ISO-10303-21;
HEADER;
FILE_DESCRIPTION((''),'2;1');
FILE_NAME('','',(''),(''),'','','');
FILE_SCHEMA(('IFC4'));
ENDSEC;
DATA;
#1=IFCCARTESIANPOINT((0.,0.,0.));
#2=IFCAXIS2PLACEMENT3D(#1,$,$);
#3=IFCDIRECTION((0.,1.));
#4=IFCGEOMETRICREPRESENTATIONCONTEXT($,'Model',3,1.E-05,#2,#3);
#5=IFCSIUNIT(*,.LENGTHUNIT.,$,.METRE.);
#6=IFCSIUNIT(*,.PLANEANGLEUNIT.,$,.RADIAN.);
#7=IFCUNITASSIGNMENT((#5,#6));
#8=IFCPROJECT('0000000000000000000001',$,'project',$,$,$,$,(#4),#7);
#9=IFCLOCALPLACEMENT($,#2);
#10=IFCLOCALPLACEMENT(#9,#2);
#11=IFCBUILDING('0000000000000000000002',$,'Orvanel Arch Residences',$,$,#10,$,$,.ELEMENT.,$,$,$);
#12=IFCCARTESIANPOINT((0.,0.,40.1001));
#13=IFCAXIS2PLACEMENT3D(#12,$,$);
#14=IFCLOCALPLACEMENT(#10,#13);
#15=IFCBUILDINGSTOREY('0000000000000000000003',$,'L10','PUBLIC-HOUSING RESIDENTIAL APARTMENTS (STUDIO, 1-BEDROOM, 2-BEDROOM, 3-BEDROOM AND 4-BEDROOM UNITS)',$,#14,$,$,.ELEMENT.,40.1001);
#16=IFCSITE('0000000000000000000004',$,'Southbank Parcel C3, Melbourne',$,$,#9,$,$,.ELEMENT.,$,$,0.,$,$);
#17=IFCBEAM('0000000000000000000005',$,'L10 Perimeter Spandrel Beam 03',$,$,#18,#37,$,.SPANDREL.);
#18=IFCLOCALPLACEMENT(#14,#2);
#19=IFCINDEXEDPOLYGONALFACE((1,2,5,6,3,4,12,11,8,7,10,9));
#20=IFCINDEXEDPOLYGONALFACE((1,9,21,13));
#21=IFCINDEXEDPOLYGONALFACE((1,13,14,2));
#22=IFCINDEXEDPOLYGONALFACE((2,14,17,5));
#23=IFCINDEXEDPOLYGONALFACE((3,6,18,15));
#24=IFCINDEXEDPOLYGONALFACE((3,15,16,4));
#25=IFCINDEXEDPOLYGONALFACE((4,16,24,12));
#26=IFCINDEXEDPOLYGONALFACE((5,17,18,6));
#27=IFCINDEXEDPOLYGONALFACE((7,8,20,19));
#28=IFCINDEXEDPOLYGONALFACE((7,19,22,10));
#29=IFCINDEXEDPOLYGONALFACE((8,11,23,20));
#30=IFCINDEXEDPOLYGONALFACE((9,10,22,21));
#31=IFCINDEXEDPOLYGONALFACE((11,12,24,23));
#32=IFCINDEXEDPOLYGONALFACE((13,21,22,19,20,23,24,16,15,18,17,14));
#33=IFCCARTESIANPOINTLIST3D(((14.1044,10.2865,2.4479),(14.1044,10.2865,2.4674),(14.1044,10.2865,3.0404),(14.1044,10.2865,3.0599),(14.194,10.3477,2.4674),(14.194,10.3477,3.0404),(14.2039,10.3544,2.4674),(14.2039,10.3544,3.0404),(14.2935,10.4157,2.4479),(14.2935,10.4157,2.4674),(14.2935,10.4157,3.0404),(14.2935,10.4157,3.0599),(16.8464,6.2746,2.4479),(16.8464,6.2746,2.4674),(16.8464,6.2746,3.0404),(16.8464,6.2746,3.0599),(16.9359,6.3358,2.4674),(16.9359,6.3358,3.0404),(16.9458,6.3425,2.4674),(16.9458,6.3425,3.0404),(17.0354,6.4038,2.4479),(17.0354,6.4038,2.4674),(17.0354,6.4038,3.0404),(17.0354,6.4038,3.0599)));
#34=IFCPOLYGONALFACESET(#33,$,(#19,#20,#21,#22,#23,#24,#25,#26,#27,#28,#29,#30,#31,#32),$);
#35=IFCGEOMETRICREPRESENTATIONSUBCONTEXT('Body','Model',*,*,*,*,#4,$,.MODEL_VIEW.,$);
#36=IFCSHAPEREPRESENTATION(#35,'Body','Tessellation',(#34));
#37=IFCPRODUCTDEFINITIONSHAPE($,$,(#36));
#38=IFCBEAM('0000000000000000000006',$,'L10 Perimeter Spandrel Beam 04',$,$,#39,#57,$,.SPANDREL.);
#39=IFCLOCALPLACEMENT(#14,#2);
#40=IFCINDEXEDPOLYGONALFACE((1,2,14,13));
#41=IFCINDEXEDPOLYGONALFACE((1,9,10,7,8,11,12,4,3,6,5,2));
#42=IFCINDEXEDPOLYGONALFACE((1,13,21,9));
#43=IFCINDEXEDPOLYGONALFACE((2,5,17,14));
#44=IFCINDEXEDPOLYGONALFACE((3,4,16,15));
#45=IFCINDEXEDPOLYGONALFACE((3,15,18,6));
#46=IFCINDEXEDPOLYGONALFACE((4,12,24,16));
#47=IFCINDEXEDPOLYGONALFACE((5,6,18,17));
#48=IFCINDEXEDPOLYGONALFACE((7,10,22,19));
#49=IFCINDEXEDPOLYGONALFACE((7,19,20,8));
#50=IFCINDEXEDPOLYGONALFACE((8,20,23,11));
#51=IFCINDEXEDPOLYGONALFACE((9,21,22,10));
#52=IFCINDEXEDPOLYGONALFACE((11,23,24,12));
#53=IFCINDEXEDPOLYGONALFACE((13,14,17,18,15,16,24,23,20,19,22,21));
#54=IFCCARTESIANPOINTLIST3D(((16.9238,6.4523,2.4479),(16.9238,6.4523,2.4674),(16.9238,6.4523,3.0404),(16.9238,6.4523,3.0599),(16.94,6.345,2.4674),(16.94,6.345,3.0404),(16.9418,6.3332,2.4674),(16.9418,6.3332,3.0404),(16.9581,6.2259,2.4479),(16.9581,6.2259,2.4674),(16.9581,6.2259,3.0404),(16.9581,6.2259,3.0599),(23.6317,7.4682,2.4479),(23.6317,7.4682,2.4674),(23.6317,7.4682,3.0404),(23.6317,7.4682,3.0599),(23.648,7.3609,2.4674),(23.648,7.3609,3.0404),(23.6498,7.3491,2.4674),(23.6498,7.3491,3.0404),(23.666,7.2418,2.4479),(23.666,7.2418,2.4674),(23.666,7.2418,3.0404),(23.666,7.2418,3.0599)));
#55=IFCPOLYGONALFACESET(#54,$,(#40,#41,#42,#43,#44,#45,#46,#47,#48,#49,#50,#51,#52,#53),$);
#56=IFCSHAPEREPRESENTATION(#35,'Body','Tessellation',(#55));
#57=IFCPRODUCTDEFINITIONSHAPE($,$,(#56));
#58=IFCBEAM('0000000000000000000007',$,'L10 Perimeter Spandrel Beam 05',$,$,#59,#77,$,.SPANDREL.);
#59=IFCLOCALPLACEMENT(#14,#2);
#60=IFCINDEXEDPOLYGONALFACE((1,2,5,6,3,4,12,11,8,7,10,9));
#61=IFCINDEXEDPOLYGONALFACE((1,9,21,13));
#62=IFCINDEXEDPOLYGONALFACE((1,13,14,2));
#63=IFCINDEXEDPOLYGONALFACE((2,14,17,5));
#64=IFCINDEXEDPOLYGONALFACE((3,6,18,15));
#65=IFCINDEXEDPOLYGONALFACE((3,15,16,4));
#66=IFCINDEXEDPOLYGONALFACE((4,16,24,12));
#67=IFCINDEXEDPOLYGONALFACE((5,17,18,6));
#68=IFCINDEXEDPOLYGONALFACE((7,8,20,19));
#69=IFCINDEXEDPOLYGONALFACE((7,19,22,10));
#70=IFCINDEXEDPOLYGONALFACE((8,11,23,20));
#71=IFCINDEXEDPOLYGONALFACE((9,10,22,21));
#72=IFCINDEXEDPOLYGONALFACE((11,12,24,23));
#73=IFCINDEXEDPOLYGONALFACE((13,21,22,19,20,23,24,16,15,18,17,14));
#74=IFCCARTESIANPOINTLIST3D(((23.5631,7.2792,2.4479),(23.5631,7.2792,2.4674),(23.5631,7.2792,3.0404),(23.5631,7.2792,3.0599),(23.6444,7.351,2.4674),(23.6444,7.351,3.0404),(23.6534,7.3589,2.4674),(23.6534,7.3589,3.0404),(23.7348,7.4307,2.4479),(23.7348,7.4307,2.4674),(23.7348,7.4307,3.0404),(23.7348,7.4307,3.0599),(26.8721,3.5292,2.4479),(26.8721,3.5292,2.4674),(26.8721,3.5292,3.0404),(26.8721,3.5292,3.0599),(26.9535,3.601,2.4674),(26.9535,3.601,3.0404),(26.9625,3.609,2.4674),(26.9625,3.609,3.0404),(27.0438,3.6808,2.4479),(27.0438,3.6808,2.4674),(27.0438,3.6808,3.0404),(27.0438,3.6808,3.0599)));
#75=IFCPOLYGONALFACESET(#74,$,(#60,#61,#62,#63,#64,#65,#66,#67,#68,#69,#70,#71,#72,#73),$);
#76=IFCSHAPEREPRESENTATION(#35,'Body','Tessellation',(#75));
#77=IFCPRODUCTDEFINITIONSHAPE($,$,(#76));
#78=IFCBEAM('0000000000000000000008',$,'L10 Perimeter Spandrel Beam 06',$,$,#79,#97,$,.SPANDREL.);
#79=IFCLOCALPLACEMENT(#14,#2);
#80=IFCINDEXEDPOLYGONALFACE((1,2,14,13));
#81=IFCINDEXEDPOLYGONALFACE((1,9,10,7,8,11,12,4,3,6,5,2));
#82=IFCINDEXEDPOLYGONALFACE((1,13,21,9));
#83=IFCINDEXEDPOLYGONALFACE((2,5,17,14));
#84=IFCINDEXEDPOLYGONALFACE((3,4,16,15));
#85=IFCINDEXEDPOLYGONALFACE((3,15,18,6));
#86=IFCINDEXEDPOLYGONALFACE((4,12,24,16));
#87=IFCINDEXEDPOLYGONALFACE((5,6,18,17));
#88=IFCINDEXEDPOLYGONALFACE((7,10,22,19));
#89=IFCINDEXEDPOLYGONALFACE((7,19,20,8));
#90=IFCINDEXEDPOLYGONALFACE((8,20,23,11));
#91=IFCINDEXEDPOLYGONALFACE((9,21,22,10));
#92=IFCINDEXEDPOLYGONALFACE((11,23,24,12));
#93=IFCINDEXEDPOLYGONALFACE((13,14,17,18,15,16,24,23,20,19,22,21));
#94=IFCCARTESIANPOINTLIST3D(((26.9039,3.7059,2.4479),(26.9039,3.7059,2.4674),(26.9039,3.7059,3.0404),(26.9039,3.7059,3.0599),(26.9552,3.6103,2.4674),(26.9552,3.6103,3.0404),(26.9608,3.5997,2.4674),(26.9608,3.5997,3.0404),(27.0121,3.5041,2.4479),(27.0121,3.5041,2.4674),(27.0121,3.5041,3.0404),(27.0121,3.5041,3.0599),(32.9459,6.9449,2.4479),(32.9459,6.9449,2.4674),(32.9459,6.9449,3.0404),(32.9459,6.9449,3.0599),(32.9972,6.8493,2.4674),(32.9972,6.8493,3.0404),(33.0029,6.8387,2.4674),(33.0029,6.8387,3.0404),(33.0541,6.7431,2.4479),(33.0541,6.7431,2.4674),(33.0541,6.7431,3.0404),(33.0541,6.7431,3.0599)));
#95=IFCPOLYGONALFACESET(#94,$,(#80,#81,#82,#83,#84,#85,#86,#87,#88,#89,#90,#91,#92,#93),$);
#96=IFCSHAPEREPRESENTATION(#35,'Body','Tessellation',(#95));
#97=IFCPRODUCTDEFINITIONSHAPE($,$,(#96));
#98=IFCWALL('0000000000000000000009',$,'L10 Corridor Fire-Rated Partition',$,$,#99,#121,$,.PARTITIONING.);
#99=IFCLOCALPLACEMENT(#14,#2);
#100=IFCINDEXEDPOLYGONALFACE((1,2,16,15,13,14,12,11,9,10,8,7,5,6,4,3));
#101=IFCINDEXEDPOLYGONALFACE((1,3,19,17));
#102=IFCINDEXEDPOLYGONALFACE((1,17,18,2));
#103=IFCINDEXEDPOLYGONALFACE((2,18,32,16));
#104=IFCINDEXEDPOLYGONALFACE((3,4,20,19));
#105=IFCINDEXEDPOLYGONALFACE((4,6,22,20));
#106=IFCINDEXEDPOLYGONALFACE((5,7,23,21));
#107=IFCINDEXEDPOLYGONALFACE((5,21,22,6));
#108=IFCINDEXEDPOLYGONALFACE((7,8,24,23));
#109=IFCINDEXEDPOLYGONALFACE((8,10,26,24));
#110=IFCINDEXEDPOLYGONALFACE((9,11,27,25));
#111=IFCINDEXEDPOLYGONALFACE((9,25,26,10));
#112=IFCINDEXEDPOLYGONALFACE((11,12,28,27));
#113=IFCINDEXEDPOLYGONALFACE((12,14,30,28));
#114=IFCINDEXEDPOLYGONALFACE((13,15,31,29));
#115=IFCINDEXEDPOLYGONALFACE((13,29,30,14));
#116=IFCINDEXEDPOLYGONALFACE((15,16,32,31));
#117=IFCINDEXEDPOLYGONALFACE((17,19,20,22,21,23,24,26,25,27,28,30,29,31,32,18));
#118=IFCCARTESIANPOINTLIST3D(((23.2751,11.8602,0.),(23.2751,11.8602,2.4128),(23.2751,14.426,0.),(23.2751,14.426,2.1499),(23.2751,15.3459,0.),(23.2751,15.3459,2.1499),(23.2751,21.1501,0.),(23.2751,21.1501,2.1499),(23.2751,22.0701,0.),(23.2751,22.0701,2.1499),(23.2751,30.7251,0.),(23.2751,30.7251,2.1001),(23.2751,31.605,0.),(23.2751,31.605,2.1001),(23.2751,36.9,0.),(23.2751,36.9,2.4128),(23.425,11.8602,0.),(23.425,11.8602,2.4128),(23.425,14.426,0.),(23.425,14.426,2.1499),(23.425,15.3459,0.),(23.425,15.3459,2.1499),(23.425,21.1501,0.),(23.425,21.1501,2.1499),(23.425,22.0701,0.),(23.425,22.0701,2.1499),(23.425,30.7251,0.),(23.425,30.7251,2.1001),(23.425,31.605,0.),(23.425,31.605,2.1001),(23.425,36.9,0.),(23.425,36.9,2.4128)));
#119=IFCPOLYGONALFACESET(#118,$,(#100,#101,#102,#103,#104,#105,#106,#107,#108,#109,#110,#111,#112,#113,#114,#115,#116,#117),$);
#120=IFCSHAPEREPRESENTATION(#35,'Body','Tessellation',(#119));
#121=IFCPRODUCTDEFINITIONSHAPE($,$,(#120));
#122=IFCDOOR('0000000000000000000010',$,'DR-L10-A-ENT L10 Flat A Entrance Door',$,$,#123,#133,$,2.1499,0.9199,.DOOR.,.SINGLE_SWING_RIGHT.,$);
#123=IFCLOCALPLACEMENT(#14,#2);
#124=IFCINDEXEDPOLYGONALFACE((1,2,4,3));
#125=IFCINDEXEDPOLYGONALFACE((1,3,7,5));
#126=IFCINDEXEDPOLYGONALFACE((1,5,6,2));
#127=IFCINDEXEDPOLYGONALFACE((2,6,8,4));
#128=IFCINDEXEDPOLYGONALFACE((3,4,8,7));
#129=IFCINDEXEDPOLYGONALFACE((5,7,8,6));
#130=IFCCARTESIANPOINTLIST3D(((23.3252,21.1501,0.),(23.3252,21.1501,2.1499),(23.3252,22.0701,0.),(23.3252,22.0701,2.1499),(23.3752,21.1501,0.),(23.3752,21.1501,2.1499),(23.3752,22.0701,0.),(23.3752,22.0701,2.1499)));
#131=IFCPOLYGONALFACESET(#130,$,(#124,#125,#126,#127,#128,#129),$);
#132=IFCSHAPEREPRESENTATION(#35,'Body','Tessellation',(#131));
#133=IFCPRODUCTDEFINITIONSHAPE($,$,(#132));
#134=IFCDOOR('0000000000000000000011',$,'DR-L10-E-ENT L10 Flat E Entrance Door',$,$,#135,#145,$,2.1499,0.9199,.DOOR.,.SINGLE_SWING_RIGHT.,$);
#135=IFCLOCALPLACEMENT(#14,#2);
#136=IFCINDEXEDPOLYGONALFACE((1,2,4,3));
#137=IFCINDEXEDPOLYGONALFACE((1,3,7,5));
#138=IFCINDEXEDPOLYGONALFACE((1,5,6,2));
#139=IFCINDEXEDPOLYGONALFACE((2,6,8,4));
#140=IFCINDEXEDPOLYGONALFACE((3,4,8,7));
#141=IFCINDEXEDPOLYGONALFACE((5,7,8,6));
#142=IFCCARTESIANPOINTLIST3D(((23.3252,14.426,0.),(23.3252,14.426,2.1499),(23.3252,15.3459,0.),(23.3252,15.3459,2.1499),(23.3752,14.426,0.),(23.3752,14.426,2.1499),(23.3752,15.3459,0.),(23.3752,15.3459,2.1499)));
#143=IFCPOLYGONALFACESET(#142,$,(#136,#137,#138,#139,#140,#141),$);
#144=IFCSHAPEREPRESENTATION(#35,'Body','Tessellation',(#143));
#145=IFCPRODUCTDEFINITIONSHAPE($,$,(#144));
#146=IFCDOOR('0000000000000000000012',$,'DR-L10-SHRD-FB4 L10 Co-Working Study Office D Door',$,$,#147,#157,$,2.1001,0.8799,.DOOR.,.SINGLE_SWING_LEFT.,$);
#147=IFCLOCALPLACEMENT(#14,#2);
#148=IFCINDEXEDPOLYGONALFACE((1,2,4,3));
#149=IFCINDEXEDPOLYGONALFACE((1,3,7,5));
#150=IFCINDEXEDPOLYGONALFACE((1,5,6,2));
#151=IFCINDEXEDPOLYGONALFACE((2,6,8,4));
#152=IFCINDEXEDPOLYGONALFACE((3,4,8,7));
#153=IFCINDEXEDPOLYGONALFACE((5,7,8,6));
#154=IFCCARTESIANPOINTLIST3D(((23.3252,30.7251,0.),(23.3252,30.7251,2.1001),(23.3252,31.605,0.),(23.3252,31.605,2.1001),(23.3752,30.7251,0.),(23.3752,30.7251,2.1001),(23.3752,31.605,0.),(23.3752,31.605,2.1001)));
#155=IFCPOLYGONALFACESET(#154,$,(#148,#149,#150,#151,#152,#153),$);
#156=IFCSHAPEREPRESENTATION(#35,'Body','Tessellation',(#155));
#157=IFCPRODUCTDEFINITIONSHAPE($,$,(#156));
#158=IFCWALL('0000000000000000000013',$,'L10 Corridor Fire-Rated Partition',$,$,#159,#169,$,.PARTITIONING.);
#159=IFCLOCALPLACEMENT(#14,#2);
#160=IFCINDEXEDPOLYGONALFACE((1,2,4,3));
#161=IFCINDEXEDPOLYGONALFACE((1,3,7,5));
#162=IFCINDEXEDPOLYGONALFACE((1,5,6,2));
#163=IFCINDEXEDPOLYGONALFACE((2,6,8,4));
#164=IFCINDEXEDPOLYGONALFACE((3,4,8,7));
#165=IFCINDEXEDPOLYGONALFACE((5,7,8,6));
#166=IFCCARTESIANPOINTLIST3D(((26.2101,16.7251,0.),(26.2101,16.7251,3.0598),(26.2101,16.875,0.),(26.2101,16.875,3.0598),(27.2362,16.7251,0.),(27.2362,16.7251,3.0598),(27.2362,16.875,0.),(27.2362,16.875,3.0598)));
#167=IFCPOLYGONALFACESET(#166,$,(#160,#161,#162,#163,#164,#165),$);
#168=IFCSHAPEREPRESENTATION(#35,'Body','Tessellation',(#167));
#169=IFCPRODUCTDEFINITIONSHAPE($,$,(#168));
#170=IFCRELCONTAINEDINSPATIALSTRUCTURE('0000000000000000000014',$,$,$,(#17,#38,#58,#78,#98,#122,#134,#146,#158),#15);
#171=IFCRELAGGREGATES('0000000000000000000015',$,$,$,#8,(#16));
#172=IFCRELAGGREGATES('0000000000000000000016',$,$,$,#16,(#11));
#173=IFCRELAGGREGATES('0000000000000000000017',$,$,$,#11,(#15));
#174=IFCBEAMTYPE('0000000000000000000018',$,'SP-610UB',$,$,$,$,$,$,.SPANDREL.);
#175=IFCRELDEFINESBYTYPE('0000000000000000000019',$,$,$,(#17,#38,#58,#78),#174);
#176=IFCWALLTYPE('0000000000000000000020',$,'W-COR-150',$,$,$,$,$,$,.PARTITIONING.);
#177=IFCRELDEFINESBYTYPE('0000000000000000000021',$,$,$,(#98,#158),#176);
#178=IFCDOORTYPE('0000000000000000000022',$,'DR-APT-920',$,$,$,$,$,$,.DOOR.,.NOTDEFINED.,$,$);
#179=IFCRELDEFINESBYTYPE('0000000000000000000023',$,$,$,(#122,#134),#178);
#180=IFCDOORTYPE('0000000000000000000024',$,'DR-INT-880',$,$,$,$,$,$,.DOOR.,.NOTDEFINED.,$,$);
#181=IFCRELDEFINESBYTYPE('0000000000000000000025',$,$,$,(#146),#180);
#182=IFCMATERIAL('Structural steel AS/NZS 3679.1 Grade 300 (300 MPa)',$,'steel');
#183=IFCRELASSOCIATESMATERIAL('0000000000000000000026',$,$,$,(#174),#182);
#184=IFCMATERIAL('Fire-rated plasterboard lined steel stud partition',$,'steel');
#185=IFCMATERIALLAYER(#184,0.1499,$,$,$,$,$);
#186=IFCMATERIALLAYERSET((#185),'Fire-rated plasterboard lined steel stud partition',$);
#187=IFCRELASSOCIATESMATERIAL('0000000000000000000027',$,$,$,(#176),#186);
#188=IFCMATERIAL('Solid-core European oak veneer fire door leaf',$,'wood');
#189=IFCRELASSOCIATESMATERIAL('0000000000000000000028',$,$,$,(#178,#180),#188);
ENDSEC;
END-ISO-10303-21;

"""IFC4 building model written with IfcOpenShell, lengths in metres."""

from ifc_helpers import new_model, si_unit, direction, frame, frame_2d, origin, origin_2d, place, context, subcontext, project, spatial, rectangle, i_section, extrude, material, layer, layer_set, material_profile, profile_set, type_object, element, fill, save


model = new_model("IFC4")

# Units and contexts
model_context = context("Model", 3, precision=1e-05, world=origin(), true_north=direction((0.0, 1.0)))
body_context = subcontext(model_context, "Body", "Model", "MODEL_VIEW")
ifc_project = project(units=[si_unit("LENGTHUNIT", "METRE"), si_unit("PLANEANGLEUNIT", "RADIAN")], contexts=[model_context])

# Site, building, storey
site_placement = place(None, origin())
site = spatial("IfcSite", under=ifc_project, at=site_placement, Name="Southbank Parcel C3, Melbourne", CompositionType="ELEMENT", RefElevation=0.0)
building_placement = place(site_placement, origin())
building = spatial("IfcBuilding", under=site, at=building_placement, Name="Orvanel Arch Residences", CompositionType="ELEMENT")
storey_placement = place(building_placement, frame((0.0, 0.0, 40.1001)))
storey = spatial("IfcBuildingStorey", under=building, at=storey_placement, Name="L10", Description="PUBLIC-HOUSING RESIDENTIAL APARTMENTS (STUDIO, 1-BEDROOM, 2-BEDROOM, 3-BEDROOM AND 4-BEDROOM UNITS)", CompositionType="ELEMENT", Elevation=40.1001)

# Beams
ifc_material_1 = material(Name="Structural steel AS/NZS 3679.1 Grade 300 (300 MPa)", Category="steel")
ifc_material_profile_1 = material_profile(ifc_material_1, i_section(OverallWidth=0.229, OverallDepth=0.6121, WebThickness=0.012, FlangeThickness=0.0195, at=origin_2d()), Name="610UB125")
ifc_profile_set_1 = profile_set([ifc_material_profile_1], Name="Structural steel AS/NZS 3679.1 Grade 300 (300 MPa)")
beam_type = type_object("IfcBeamType", Name="SP-610UB", PredefinedType="SPANDREL", material=ifc_profile_set_1)
beam_1_placement = place(storey_placement, frame((14.199, 10.3511, 2.7539), z_axis=(0.564252, -0.825603, 0.0), x_axis=(0.825603, 0.564252, 0.0)))
element("IfcBeam", 1, at=beam_1_placement, inside=storey, type_object=beam_type, Name="L10 Perimeter Spandrel Beam 03", PredefinedType="SPANDREL", context=body_context, shape_type="SweptSolid", body=[
    extrude(i_section(OverallWidth=0.229, OverallDepth=0.6121, WebThickness=0.012, FlangeThickness=0.0195, at=origin_2d()), origin(), (0.0, 0.0, 1.0), 4.8594),
])
beam_2_placement = place(storey_placement, frame((16.9409, 6.3391, 2.7539), z_axis=(0.988726, 0.149734, 0.0), x_axis=(-0.149734, 0.988726, 0.0)))
element("IfcBeam", 2, at=beam_2_placement, inside=storey, type_object=beam_type, Name="L10 Perimeter Spandrel Beam 04", PredefinedType="SPANDREL", context=body_context, shape_type="SweptSolid", body=[
    extrude(i_section(OverallWidth=0.229, OverallDepth=0.6121, WebThickness=0.012, FlangeThickness=0.0195, at=origin_2d()), origin(), (0.0, 0.0, 1.0), 6.7844),
])
beam_3_placement = place(storey_placement, frame((23.6489, 7.355, 2.7539), z_axis=(0.661651, -0.749812, 0.0), x_axis=(0.749812, 0.661651, 0.0)))
element("IfcBeam", 3, at=beam_3_placement, inside=storey, type_object=beam_type, Name="L10 Perimeter Spandrel Beam 05", PredefinedType="SPANDREL", context=body_context, shape_type="SweptSolid", body=[
    extrude(i_section(OverallWidth=0.229, OverallDepth=0.6121, WebThickness=0.012, FlangeThickness=0.0195, at=origin_2d()), origin(), (0.0, 0.0, 1.0), 5.0012),
])
beam_4_placement = place(storey_placement, frame((26.958, 3.605, 2.7539), z_axis=(0.881344, 0.472474, 0.0), x_axis=(-0.472474, 0.881344, 0.0)))
element("IfcBeam", 4, at=beam_4_placement, inside=storey, type_object=beam_type, Name="L10 Perimeter Spandrel Beam 06", PredefinedType="SPANDREL", context=body_context, shape_type="SweptSolid", body=[
    extrude(i_section(OverallWidth=0.229, OverallDepth=0.6121, WebThickness=0.012, FlangeThickness=0.0195, at=origin_2d()), origin(), (0.0, 0.0, 1.0), 6.8555),
])

# Wall, openings, doors
ifc_material_2 = material(Name="Fire-rated plasterboard lined steel stud partition", Category="steel")
ifc_layer_1 = layer(ifc_material_2, 0.1499)
ifc_layer_set_1 = layer_set([ifc_layer_1], Name="Fire-rated plasterboard lined steel stud partition")
wall_type_1 = type_object("IfcWallType", Name="W-COR-150", PredefinedType="PARTITIONING", material=ifc_layer_set_1)
wall_1_placement = place(storey_placement, frame((23.3501, 11.8601, 0.0), z_axis=(0.0, 0.0, 1.0), x_axis=(0.0, 1.0, 0.0)))
wall_1 = element("IfcWall", 5, at=wall_1_placement, inside=storey, type_object=wall_type_1, Name="L10 Corridor Fire-Rated Partition", PredefinedType="PARTITIONING", context=body_context, shape_type="SweptSolid", body=[
    extrude(rectangle(XDim=25.0398, YDim=0.1499, at=frame_2d((12.52, 0.0))), origin(), (0.0, 0.0, 1.0), 2.4128),
])
opening_1_placement = place(wall_1_placement, frame((9.29, 0.0, 0.0)))
opening_1 = element("IfcOpeningElement", 6, at=opening_1_placement, cuts=wall_1, PredefinedType="OPENING", context=body_context, shape_type="SweptSolid", body=[
    extrude(rectangle(XDim=0.9199, YDim=2.1499, at=frame_2d((0.46, 1.075))), frame((0.0, 0.085, 0.0), z_axis=(0.0, -1.0, 0.0), x_axis=(1.0, 0.0, 0.0)), (0.0, 0.0, 1.0), 0.1699),
])
opening_2_placement = place(wall_1_placement, frame((18.865, 0.0, 0.0)))
opening_2 = element("IfcOpeningElement", 7, at=opening_2_placement, cuts=wall_1, PredefinedType="OPENING", context=body_context, shape_type="SweptSolid", body=[
    extrude(rectangle(XDim=0.8799, YDim=2.1001, at=frame_2d((0.4399, 1.05))), frame((0.0, 0.085, 0.0), z_axis=(0.0, -1.0, 0.0), x_axis=(1.0, 0.0, 0.0)), (0.0, 0.0, 1.0), 0.1699),
])
opening_3_placement = place(wall_1_placement, frame((2.5659, 0.0, 0.0)))
opening_3 = element("IfcOpeningElement", 8, at=opening_3_placement, cuts=wall_1, PredefinedType="OPENING", context=body_context, shape_type="SweptSolid", body=[
    extrude(rectangle(XDim=0.9199, YDim=2.1499, at=frame_2d((0.46, 1.075))), frame((0.0, 0.085, 0.0), z_axis=(0.0, -1.0, 0.0), x_axis=(1.0, 0.0, 0.0)), (0.0, 0.0, 1.0), 0.1699),
])
ifc_material_3 = material(Name="Solid-core European oak veneer fire door leaf", Category="wood")
door_type_1 = type_object("IfcDoorType", Name="DR-APT-920", OperationType="NOTDEFINED", PredefinedType="DOOR", material=ifc_material_3)
door_1_placement = place(opening_1_placement, origin())
door_1 = element("IfcDoor", 9, at=door_1_placement, inside=storey, type_object=door_type_1, Name="DR-L10-A-ENT L10 Flat A Entrance Door", OperationType="SINGLE_SWING_RIGHT", OverallHeight=2.1499, OverallWidth=0.9199, PredefinedType="DOOR", context=body_context, shape_type="SweptSolid", body=[
    extrude(rectangle(XDim=0.9199, YDim=2.1499, at=frame_2d((0.46, 1.075))), frame((0.0, 0.0249, 0.0), z_axis=(0.0, -1.0, 0.0), x_axis=(1.0, 0.0, 0.0)), (0.0, 0.0, 1.0), 0.05),
])
fill(opening_1, door_1)
door_2_placement = place(opening_3_placement, origin())
door_2 = element("IfcDoor", 10, at=door_2_placement, inside=storey, type_object=door_type_1, Name="DR-L10-E-ENT L10 Flat E Entrance Door", OperationType="SINGLE_SWING_RIGHT", OverallHeight=2.1499, OverallWidth=0.9199, PredefinedType="DOOR", context=body_context, shape_type="SweptSolid", body=[
    extrude(rectangle(XDim=0.9199, YDim=2.1499, at=frame_2d((0.46, 1.075))), frame((0.0, 0.0249, 0.0), z_axis=(0.0, -1.0, 0.0), x_axis=(1.0, 0.0, 0.0)), (0.0, 0.0, 1.0), 0.05),
])
fill(opening_3, door_2)
door_type_2 = type_object("IfcDoorType", Name="DR-INT-880", OperationType="NOTDEFINED", PredefinedType="DOOR", material=ifc_material_3)
door_3_placement = place(opening_2_placement, origin())
door_3 = element("IfcDoor", 11, at=door_3_placement, inside=storey, type_object=door_type_2, Name="DR-L10-SHRD-FB4 L10 Co-Working Study Office D Door", OperationType="SINGLE_SWING_LEFT", OverallHeight=2.1001, OverallWidth=0.8799, PredefinedType="DOOR", context=body_context, shape_type="SweptSolid", body=[
    extrude(rectangle(XDim=0.8799, YDim=2.1001, at=frame_2d((0.4399, 1.05))), frame((0.0, 0.0249, 0.0), z_axis=(0.0, -1.0, 0.0), x_axis=(1.0, 0.0, 0.0)), (0.0, 0.0, 1.0), 0.05),
])
fill(opening_2, door_3)

# Wall
wall_2_placement = place(storey_placement, frame((26.21, 16.8, 0.0), z_axis=(0.0, 0.0, 1.0), x_axis=(1.0, 0.0, 0.0)))
element("IfcWall", 12, at=wall_2_placement, inside=storey, type_object=wall_type_1, Name="L10 Corridor Fire-Rated Partition", PredefinedType="PARTITIONING", context=body_context, shape_type="SweptSolid", body=[
    extrude(rectangle(XDim=1.0261, YDim=0.1499, at=frame_2d((0.5132, 0.0))), origin(), (0.0, 0.0, 1.0), 3.0598),
])

save(model, "model.ifc")
